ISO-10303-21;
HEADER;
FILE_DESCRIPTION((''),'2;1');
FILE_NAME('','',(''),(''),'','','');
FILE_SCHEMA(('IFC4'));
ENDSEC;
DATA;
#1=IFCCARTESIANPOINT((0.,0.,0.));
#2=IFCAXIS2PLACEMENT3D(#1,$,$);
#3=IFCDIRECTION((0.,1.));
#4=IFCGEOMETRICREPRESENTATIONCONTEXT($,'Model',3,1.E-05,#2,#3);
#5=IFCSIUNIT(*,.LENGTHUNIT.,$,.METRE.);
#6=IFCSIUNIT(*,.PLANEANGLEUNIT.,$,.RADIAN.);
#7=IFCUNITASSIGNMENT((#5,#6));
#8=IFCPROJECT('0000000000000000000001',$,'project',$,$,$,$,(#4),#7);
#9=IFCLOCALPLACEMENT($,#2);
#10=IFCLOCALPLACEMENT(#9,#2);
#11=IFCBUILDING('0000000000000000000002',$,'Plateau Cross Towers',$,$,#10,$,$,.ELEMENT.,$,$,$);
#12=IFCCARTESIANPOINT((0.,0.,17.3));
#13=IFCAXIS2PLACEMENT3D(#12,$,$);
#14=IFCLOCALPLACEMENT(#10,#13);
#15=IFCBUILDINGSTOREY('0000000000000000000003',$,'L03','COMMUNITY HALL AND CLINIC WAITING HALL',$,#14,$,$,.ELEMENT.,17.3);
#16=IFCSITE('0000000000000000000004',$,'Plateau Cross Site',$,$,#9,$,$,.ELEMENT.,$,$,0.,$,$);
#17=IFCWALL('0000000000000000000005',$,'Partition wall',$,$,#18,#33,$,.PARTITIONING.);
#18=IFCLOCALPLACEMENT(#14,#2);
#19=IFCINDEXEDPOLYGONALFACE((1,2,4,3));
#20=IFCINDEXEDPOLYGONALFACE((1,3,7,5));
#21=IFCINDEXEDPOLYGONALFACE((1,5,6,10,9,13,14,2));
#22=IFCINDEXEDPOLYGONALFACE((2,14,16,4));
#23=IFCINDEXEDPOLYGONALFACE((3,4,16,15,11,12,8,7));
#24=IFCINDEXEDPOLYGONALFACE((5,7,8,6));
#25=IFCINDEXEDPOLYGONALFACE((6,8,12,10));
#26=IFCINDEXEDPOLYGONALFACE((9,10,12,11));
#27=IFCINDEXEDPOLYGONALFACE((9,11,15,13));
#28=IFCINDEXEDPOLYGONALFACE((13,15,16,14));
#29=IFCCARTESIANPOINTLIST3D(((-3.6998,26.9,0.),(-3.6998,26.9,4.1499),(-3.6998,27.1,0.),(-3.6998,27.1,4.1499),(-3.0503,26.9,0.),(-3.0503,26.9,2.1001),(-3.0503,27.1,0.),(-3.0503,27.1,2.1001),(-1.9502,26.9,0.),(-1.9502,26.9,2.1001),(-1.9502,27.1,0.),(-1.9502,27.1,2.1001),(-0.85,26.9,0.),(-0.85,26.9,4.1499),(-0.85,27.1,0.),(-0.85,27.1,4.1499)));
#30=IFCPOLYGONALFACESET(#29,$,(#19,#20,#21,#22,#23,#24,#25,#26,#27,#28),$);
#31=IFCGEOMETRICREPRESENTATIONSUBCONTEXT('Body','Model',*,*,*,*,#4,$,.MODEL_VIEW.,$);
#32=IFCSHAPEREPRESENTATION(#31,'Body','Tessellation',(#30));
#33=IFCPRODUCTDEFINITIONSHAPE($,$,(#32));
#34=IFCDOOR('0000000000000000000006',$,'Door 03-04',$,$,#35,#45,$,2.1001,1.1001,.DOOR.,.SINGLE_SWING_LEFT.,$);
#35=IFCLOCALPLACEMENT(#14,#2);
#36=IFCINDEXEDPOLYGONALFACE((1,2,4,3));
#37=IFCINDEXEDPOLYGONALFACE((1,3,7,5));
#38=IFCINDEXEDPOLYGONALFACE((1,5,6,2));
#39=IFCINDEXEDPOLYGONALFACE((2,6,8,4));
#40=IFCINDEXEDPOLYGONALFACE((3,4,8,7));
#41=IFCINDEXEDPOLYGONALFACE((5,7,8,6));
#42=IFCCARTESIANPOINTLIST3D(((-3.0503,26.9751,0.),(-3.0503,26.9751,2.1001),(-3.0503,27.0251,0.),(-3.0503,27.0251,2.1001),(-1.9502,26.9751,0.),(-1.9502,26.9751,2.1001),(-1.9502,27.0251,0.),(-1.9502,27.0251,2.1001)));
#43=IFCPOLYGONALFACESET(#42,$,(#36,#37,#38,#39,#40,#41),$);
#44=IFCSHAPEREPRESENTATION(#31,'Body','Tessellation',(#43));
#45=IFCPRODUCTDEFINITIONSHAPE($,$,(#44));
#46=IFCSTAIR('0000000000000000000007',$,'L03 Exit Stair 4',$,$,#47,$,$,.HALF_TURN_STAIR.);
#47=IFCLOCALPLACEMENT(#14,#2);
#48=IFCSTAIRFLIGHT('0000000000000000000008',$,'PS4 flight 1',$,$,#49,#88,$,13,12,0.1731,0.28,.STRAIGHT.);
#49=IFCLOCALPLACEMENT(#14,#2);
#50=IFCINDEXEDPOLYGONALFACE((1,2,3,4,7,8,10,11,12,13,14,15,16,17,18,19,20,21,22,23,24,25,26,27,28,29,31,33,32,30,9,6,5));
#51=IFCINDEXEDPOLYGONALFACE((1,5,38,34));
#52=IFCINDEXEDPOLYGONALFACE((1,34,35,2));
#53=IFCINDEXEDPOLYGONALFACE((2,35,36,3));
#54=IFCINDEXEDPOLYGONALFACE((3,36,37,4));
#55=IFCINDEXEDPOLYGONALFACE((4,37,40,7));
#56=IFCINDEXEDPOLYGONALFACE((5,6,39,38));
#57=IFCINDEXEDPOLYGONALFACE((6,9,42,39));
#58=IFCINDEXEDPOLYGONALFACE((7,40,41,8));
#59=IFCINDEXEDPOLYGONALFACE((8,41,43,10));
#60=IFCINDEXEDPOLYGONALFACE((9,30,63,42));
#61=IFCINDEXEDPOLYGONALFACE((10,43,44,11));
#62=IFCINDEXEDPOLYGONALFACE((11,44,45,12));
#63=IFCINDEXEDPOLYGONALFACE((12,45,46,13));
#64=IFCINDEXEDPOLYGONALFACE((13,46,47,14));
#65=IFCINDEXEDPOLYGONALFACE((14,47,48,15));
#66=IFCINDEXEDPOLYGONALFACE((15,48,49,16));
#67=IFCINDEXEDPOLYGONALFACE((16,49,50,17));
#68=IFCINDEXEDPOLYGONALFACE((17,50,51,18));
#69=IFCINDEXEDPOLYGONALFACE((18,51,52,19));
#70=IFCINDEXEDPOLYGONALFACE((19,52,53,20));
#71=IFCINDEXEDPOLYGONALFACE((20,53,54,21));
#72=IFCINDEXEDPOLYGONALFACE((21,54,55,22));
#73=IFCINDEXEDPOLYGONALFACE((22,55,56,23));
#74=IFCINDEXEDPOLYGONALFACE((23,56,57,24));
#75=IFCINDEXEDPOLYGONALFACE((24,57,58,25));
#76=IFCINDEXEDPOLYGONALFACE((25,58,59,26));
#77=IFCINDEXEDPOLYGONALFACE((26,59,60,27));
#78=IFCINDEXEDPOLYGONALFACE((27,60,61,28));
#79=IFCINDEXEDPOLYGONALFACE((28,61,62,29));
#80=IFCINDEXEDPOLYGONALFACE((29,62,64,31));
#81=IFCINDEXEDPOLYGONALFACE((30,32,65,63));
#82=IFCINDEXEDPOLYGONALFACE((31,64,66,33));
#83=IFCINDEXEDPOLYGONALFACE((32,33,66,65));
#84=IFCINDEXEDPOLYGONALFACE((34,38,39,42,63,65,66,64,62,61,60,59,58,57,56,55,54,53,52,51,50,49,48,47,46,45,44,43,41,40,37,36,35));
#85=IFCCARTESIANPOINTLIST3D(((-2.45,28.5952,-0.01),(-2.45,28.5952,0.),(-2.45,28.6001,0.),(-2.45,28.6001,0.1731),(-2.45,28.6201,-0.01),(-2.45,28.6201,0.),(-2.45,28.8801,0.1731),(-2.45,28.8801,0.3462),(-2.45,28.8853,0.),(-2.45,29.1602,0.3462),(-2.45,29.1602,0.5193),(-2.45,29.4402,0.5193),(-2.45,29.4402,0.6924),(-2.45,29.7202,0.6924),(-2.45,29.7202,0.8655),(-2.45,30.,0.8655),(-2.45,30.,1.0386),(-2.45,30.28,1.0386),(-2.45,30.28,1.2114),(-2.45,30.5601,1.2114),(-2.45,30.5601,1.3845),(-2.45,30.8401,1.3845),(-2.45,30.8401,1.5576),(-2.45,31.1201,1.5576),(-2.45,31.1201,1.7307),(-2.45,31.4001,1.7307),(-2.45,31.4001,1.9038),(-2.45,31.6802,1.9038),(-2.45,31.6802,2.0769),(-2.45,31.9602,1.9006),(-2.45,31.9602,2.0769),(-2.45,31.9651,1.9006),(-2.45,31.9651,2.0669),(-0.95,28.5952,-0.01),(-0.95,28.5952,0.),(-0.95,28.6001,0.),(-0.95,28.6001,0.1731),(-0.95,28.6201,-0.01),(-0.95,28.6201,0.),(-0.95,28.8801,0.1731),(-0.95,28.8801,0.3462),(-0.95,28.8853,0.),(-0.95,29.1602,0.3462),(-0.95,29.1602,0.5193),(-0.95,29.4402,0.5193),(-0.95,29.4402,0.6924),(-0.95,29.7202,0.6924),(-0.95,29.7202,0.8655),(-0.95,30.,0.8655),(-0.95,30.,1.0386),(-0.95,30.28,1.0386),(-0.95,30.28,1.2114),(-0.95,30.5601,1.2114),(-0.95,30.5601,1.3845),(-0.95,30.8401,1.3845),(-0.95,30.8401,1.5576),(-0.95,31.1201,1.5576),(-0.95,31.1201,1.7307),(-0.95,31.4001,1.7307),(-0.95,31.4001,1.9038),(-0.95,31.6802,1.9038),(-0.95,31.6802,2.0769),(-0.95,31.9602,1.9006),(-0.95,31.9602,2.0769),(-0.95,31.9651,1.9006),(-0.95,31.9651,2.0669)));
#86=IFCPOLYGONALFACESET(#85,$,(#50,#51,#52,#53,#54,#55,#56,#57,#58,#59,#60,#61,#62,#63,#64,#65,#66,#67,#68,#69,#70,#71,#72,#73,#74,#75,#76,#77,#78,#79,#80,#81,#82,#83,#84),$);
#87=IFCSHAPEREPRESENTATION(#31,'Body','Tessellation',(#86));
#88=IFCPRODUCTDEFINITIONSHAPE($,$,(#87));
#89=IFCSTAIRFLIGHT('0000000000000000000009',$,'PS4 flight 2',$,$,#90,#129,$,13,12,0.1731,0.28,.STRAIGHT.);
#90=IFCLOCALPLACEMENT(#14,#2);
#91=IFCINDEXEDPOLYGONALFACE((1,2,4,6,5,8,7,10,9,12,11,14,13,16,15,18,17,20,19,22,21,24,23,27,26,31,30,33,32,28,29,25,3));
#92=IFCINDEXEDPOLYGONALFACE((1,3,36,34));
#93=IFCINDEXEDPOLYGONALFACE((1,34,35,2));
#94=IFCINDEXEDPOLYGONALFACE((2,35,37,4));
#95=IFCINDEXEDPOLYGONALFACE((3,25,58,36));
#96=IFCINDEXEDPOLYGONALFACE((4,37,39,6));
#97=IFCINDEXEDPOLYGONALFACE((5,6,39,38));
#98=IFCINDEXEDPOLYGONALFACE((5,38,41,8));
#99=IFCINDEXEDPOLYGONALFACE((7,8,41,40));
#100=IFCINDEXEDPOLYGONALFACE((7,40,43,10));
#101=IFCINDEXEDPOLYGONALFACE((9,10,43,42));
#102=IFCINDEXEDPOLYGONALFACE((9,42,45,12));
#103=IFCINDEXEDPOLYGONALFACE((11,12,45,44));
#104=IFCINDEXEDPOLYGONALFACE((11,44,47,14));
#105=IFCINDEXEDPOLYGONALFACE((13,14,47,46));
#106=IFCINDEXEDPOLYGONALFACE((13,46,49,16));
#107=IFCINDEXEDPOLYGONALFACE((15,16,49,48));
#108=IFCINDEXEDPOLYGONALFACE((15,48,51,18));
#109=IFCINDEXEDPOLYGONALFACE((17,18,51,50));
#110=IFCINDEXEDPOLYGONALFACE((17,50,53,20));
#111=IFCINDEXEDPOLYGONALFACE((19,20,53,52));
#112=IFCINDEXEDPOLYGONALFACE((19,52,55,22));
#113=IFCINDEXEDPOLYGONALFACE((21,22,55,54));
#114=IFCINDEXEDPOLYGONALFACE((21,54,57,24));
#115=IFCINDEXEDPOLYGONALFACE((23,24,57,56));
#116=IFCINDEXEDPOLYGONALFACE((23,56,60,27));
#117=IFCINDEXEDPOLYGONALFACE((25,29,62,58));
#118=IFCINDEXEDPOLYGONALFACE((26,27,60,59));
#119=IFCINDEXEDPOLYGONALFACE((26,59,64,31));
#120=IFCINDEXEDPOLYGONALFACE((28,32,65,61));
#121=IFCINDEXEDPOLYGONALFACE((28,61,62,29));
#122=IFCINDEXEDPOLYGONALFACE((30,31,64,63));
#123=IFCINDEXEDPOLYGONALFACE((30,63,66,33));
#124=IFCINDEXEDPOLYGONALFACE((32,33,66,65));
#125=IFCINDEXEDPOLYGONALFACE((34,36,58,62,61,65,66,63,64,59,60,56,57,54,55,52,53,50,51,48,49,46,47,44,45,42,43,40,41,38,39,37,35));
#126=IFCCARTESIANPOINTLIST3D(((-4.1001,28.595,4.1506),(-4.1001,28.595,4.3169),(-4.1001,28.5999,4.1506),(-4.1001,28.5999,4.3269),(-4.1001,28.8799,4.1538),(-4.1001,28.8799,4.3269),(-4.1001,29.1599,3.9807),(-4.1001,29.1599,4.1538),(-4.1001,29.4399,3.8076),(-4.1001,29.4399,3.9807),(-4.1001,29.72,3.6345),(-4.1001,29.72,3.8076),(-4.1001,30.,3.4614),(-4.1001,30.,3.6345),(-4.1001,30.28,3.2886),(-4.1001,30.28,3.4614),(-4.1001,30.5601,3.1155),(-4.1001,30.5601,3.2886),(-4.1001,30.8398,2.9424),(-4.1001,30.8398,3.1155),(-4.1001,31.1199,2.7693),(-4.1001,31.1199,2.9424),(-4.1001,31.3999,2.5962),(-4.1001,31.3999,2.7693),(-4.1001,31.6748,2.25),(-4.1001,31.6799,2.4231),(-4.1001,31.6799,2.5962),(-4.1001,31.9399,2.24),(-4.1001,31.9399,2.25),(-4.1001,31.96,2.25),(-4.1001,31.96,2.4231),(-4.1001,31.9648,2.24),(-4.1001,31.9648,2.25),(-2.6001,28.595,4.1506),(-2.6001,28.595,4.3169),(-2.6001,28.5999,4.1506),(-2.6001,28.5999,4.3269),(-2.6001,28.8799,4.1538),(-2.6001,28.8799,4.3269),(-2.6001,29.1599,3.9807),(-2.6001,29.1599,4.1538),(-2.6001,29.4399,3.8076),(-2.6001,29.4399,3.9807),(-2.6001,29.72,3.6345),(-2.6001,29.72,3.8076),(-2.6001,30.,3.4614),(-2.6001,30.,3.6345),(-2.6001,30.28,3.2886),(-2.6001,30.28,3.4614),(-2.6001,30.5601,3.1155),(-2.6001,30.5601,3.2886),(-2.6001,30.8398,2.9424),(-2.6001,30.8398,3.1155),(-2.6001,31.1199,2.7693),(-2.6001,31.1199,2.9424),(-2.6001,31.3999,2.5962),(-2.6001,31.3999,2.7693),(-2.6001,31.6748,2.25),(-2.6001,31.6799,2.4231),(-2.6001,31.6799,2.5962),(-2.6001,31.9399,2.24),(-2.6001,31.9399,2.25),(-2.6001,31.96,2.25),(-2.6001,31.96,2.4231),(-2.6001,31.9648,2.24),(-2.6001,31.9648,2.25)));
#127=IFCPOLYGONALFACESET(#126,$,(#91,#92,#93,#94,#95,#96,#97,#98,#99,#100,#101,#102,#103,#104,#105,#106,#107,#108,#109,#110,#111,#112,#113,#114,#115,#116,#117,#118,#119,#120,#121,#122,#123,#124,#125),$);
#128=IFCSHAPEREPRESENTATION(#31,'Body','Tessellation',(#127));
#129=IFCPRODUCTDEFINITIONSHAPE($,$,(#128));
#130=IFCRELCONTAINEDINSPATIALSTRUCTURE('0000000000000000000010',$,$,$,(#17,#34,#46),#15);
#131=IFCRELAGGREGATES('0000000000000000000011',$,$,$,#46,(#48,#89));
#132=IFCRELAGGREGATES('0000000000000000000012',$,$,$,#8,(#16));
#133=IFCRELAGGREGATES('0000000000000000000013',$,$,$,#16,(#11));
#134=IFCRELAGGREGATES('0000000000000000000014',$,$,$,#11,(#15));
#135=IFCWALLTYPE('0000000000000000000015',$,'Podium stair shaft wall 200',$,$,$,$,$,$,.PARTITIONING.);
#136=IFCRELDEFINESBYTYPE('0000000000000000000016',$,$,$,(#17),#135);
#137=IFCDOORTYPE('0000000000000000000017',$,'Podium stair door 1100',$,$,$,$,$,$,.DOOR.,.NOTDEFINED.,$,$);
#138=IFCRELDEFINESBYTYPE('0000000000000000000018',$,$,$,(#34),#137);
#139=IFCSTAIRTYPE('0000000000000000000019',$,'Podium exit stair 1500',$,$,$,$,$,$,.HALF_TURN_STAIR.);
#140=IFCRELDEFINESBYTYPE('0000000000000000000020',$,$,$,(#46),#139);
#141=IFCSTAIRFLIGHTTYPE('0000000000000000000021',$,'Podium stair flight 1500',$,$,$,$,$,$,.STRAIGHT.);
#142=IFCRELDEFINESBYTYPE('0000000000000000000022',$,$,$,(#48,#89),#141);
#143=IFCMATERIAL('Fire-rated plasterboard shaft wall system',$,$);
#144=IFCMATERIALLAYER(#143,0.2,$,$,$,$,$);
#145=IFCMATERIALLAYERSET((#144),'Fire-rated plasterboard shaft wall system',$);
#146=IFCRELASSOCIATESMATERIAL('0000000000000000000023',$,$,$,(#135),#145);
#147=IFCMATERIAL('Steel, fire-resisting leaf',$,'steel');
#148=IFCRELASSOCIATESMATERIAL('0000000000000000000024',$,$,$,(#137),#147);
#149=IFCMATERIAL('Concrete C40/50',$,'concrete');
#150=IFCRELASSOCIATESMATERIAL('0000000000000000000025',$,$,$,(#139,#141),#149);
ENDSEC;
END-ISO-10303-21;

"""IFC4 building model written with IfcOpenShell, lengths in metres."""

from ifc_helpers import new_model, si_unit, direction, frame, frame_2d, origin, place, context, subcontext, project, spatial, polyline, rectangle, outline, extrude, material, layer, layer_set, type_object, element, fill, aggregate, save


model = new_model("IFC4")

# Units and contexts
model_context = context("Model", 3, precision=1e-05, world=origin(), true_north=direction((0.0, 1.0)))
body_context = subcontext(model_context, "Body", "Model", "MODEL_VIEW")
ifc_project = project(units=[si_unit("LENGTHUNIT", "METRE"), si_unit("PLANEANGLEUNIT", "RADIAN")], contexts=[model_context])

# Site, building, storey
site_placement = place(None, origin())
site = spatial("IfcSite", under=ifc_project, at=site_placement, Name="Plateau Cross Site", CompositionType="ELEMENT", RefElevation=0.0)
building_placement = place(site_placement, origin())
building = spatial("IfcBuilding", under=site, at=building_placement, Name="Plateau Cross Towers", CompositionType="ELEMENT")
storey_placement = place(building_placement, frame((0.0, 0.0, 17.3)))
storey = spatial("IfcBuildingStorey", under=building, at=storey_placement, Name="L03", Description="COMMUNITY HALL AND CLINIC WAITING HALL", CompositionType="ELEMENT", Elevation=17.3)

# Shared definitions
ifc_material_1 = material(Name="Fire-rated plasterboard shaft wall system")
ifc_layer_1 = layer(ifc_material_1, 0.2)
ifc_layer_set_1 = layer_set([ifc_layer_1], Name="Fire-rated plasterboard shaft wall system")
wall_type_1 = type_object("IfcWallType", Name="Podium stair shaft wall 200", PredefinedType="PARTITIONING", material=ifc_layer_set_1)

# Wall, opening, door
wall_1_placement = place(storey_placement, frame((-0.8501, 27.0, 0.0), z_axis=(0.0, 0.0, 1.0), x_axis=(-1.0, 0.0, 0.0)))
wall_1 = element("IfcWall", 1, at=wall_1_placement, inside=storey, type_object=wall_type_1, Name="Partition wall", PredefinedType="PARTITIONING", context=body_context, shape_type="SweptSolid", body=[
    extrude(rectangle(XDim=2.8499, YDim=0.2, at=frame_2d((1.4248, 0.0))), origin(), (0.0, 0.0, 1.0), 4.1499),
])
opening_1_placement = place(wall_1_placement, frame((1.1001, 0.0, 0.0)))
opening_1 = element("IfcOpeningElement", 2, at=opening_1_placement, cuts=wall_1, PredefinedType="OPENING", context=body_context, shape_type="SweptSolid", body=[
    extrude(rectangle(XDim=1.1001, YDim=2.1001, at=frame_2d((0.55, 1.05))), frame((0.0, 0.1099, 0.0), z_axis=(0.0, -1.0, 0.0), x_axis=(1.0, 0.0, 0.0)), (0.0, 0.0, 1.0), 0.22),
])
ifc_material_2 = material(Name="Steel, fire-resisting leaf", Category="steel")
door_type_1 = type_object("IfcDoorType", Name="Podium stair door 1100", OperationType="NOTDEFINED", PredefinedType="DOOR", material=ifc_material_2)
door_1_placement = place(opening_1_placement, origin())
door_1 = element("IfcDoor", 3, at=door_1_placement, inside=storey, type_object=door_type_1, Name="Door 03-04", OperationType="SINGLE_SWING_LEFT", OverallHeight=2.1001, OverallWidth=1.1001, PredefinedType="DOOR", context=body_context, shape_type="SweptSolid", body=[
    extrude(rectangle(XDim=1.1001, YDim=2.1001, at=frame_2d((0.55, 1.05))), frame((0.0, 0.0249, 0.0), z_axis=(0.0, -1.0, 0.0), x_axis=(1.0, 0.0, 0.0)), (0.0, 0.0, 1.0), 0.05),
])
fill(opening_1, door_1)

# Stair, stair flights
ifc_material_3 = material(Name="Concrete C40/50", Category="concrete")
stair_type = type_object("IfcStairType", Name="Podium exit stair 1500", PredefinedType="HALF_TURN_STAIR", material=ifc_material_3)
stair_placement = place(storey_placement, origin())
stair = element("IfcStair", 4, at=stair_placement, inside=storey, type_object=stair_type, Name="L03 Exit Stair 4", PredefinedType="HALF_TURN_STAIR")
stair_flight_type = type_object("IfcStairFlightType", Name="Podium stair flight 1500", PredefinedType="STRAIGHT", material=ifc_material_3)
stair_flight_1_placement = place(storey_placement, frame((-1.7, 28.6001, 0.0), z_axis=(0.0, 0.0, 1.0), x_axis=(0.0, 1.0, 0.0)))
stair_flight_1 = element("IfcStairFlight", 5, at=stair_flight_1_placement, type_object=stair_flight_type, Name="PS4 flight 1", NumberOfRisers=13, NumberOfTreads=12, PredefinedType="STRAIGHT", RiserHeight=0.1731, TreadLength=0.28, context=body_context, shape_type="SweptSolid", body=[
    extrude(outline(polyline([(-0.0049, -0.01), (-0.0049, 0.0), (0.0, 0.0), (0.0, 0.1731), (0.28, 0.1731), (0.28, 0.3462), (0.5601, 0.3462), (0.5601, 0.5193), (0.8401, 0.5193), (0.8401, 0.6924), (1.1201, 0.6924), (1.1201, 0.8655), (1.3999, 0.8655), (1.3999, 1.0386), (1.6799, 1.0386), (1.6799, 1.2114), (1.96, 1.2114), (1.96, 1.3845), (2.24, 1.3845), (2.24, 1.5576), (2.52, 1.5576), (2.52, 1.7307), (2.8, 1.7307), (2.8, 1.9038), (3.0801, 1.9038), (3.0801, 2.0769), (3.3601, 2.0769), (3.365, 2.0669), (3.365, 1.9006), (3.3601, 1.9006), (0.2852, 0.0), (0.02, 0.0), (0.02, -0.01), (-0.0049, -0.01)])), frame((0.0, 0.75, 0.0), z_axis=(0.0, -1.0, 0.0), x_axis=(1.0, 0.0, 0.0)), (0.0, 0.0, 1.0), 1.5),
])
stair_flight_2_placement = place(storey_placement, frame((-3.3501, 31.96, 2.25), z_axis=(0.0, 0.0, 1.0), x_axis=(0.0, -1.0, 0.0)))
stair_flight_2 = element("IfcStairFlight", 6, at=stair_flight_2_placement, type_object=stair_flight_type, Name="PS4 flight 2", NumberOfRisers=13, NumberOfTreads=12, PredefinedType="STRAIGHT", RiserHeight=0.1731, TreadLength=0.28, context=body_context, shape_type="SweptSolid", body=[
    extrude(outline(polyline([(-0.0049, -0.01), (-0.0049, 0.0), (0.0, 0.0), (0.0, 0.1731), (0.28, 0.1731), (0.28, 0.3462), (0.5601, 0.3462), (0.5601, 0.5193), (0.8401, 0.5193), (0.8401, 0.6924), (1.1201, 0.6924), (1.1201, 0.8655), (1.3999, 0.8655), (1.3999, 1.0386), (1.6799, 1.0386), (1.6799, 1.2114), (1.96, 1.2114), (1.96, 1.3845), (2.24, 1.3845), (2.24, 1.5576), (2.52, 1.5576), (2.52, 1.7307), (2.8, 1.7307), (2.8, 1.9038), (3.0801, 1.9038), (3.0801, 2.0769), (3.3601, 2.0769), (3.365, 2.0669), (3.365, 1.9006), (3.3601, 1.9006), (0.2852, 0.0), (0.02, 0.0), (0.02, -0.01), (-0.0049, -0.01)])), frame((0.0, 0.75, 0.0), z_axis=(0.0, -1.0, 0.0), x_axis=(1.0, 0.0, 0.0)), (0.0, 0.0, 1.0), 1.5),
])
aggregate(stair, [stair_flight_1, stair_flight_2])

save(model, "model.ifc")
